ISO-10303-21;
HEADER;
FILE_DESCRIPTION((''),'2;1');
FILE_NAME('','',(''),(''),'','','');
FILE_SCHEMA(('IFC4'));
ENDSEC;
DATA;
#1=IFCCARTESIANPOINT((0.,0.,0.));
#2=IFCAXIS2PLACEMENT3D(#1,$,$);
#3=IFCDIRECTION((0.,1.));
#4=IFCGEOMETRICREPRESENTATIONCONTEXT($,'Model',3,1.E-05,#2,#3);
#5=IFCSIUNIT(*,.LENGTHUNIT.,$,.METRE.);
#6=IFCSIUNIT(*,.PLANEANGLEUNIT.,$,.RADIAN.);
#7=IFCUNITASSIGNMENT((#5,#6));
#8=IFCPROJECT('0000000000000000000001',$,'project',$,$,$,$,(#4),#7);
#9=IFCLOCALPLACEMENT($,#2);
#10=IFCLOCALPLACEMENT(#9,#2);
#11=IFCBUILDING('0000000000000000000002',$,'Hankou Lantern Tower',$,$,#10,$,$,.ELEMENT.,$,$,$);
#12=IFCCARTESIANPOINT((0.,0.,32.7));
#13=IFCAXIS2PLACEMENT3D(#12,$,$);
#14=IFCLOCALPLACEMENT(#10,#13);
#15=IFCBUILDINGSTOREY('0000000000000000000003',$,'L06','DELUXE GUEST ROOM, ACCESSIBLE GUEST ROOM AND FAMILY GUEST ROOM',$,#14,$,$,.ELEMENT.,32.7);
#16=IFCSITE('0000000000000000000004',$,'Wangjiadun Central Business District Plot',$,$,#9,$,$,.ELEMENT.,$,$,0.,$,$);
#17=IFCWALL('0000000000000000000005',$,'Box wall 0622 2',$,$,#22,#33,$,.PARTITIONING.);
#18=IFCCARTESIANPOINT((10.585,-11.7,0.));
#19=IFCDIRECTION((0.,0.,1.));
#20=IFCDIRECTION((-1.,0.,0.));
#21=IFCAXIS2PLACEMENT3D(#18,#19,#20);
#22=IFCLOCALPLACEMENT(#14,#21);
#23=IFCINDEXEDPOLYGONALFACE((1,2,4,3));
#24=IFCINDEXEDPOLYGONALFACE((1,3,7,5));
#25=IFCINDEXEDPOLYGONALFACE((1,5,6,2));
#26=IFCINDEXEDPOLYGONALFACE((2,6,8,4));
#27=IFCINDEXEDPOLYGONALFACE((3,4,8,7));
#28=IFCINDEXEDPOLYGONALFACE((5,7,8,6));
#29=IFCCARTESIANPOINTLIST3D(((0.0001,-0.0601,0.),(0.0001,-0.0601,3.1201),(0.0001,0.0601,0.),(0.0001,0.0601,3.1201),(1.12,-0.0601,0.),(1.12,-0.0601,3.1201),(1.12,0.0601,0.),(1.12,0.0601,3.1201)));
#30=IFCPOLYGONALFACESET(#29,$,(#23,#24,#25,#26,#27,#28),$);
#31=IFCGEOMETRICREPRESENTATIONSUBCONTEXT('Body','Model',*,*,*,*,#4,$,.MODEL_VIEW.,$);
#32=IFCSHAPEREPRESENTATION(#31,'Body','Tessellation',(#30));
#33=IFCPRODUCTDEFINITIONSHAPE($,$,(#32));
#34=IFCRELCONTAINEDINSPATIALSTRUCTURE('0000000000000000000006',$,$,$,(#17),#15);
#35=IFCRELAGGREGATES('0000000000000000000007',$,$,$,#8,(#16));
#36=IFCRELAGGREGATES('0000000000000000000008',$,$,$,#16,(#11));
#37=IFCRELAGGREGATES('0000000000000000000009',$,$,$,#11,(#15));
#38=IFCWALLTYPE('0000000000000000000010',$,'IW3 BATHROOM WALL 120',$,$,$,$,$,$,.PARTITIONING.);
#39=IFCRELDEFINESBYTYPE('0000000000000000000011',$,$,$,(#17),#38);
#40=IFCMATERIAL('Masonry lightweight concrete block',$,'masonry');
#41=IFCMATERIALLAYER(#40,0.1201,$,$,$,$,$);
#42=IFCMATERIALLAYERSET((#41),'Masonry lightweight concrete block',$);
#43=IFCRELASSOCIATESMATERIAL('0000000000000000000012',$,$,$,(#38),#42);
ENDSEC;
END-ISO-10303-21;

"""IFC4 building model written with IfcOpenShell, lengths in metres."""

from ifc_helpers import new_model, si_unit, direction, frame, frame_2d, origin, place, context, subcontext, project, spatial, rectangle, extrude, material, layer, layer_set, type_object, element, save


model = new_model("IFC4")

# Units and contexts
model_context = context("Model", 3, precision=1e-05, world=origin(), true_north=direction((0.0, 1.0)))
body_context = subcontext(model_context, "Body", "Model", "MODEL_VIEW")
ifc_project = project(units=[si_unit("LENGTHUNIT", "METRE"), si_unit("PLANEANGLEUNIT", "RADIAN")], contexts=[model_context])

# Site, building, storey
site_placement = place(None, origin())
site = spatial("IfcSite", under=ifc_project, at=site_placement, Name="Wangjiadun Central Business District Plot", CompositionType="ELEMENT", RefElevation=0.0)
building_placement = place(site_placement, origin())
building = spatial("IfcBuilding", under=site, at=building_placement, Name="Hankou Lantern Tower", CompositionType="ELEMENT")
storey_placement = place(building_placement, frame((0.0, 0.0, 32.7)))
storey = spatial("IfcBuildingStorey", under=building, at=storey_placement, Name="L06", Description="DELUXE GUEST ROOM, ACCESSIBLE GUEST ROOM AND FAMILY GUEST ROOM", CompositionType="ELEMENT", Elevation=32.7)

# Shared definitions
ifc_material_1 = material(Name="Masonry lightweight concrete block", Category="masonry")
ifc_layer_1 = layer(ifc_material_1, 0.1201)
ifc_layer_set_1 = layer_set([ifc_layer_1], Name="Masonry lightweight concrete block")
wall_type_1 = type_object("IfcWallType", Name="IW3 BATHROOM WALL 120", PredefinedType="PARTITIONING", material=ifc_layer_set_1)

# Wall
wall_1_placement = place(storey_placement, frame((10.585, -11.7, 0.0), z_axis=(0.0, 0.0, 1.0), x_axis=(-1.0, 0.0, 0.0)))
element("IfcWall", 1, at=wall_1_placement, inside=storey, type_object=wall_type_1, Name="Box wall 0622 2", PredefinedType="PARTITIONING", context=body_context, shape_type="SweptSolid", body=[
    extrude(rectangle(XDim=1.1199, YDim=0.1201, at=frame_2d((0.5601, 0.0))), origin(), (0.0, 0.0, 1.0), 3.1201),
])

save(model, "model.ifc")
